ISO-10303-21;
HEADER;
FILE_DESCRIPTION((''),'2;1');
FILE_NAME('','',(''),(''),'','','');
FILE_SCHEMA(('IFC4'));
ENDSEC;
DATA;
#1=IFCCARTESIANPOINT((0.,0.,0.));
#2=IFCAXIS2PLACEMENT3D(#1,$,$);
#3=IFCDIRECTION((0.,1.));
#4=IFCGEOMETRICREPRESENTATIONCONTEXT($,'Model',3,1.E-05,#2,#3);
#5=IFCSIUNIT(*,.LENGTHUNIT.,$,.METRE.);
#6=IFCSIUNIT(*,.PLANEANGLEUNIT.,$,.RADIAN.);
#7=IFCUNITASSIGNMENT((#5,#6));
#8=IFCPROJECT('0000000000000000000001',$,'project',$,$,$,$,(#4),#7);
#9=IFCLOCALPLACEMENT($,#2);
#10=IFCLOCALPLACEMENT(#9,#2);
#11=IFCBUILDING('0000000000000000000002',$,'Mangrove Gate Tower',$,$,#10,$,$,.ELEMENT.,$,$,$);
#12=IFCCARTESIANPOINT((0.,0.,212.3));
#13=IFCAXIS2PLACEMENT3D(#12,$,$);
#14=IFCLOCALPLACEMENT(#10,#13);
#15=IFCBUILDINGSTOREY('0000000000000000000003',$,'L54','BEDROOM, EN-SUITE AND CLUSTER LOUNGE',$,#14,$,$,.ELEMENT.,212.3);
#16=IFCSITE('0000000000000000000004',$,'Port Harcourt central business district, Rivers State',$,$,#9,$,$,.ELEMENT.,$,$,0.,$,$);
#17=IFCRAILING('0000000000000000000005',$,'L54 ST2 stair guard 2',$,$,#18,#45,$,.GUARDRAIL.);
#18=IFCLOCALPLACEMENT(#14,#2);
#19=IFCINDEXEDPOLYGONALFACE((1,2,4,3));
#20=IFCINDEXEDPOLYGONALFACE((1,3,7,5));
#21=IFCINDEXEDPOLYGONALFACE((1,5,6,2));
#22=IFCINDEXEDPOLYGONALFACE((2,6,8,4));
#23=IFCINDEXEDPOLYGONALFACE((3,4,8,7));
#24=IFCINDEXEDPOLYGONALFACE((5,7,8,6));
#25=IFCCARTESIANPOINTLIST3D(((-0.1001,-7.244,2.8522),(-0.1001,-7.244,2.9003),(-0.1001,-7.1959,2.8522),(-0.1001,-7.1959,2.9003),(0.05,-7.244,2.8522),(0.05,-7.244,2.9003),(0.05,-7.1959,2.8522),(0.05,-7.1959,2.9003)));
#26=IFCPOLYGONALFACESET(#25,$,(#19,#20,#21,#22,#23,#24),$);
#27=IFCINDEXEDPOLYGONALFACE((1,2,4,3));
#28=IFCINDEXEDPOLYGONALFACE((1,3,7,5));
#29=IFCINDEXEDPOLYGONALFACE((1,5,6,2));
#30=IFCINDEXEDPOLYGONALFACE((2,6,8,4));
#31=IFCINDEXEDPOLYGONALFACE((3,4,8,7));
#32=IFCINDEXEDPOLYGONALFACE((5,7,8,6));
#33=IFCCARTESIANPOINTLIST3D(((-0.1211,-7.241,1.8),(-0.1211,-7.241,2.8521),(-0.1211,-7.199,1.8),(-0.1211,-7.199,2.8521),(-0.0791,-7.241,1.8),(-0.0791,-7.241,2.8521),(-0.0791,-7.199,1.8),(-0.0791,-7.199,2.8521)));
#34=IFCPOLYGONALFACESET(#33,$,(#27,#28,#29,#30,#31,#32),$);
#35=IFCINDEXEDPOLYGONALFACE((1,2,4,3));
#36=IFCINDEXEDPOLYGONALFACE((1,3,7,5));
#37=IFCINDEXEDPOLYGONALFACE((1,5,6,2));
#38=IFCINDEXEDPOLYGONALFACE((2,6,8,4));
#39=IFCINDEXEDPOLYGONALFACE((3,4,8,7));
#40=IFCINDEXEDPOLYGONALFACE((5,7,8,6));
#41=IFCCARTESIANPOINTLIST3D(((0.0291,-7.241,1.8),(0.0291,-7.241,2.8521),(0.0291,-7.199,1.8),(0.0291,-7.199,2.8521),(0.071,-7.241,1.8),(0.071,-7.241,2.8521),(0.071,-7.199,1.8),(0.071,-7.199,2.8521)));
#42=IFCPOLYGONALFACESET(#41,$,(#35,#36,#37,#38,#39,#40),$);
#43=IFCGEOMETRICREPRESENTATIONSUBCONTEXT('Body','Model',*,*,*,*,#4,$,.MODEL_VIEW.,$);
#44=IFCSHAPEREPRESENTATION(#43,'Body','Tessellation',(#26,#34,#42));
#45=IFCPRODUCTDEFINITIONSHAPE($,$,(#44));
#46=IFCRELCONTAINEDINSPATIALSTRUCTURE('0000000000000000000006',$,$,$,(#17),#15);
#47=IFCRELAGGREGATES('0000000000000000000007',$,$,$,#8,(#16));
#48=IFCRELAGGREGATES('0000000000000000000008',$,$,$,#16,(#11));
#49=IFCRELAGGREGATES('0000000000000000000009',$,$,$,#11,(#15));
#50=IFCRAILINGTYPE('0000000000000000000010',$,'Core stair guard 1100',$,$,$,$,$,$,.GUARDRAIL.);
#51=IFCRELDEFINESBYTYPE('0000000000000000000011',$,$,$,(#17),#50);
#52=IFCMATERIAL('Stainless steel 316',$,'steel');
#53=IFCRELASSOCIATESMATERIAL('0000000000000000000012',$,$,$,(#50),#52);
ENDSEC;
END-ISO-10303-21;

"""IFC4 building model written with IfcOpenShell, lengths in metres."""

from ifc_helpers import new_model, si_unit, direction, frame, origin, origin_2d, place, context, subcontext, project, spatial, rectangle, extrude, material, type_object, element, save


model = new_model("IFC4")

# Units and contexts
model_context = context("Model", 3, precision=1e-05, world=origin(), true_north=direction((0.0, 1.0)))
body_context = subcontext(model_context, "Body", "Model", "MODEL_VIEW")
ifc_project = project(units=[si_unit("LENGTHUNIT", "METRE"), si_unit("PLANEANGLEUNIT", "RADIAN")], contexts=[model_context])

# Site, building, storey
site_placement = place(None, origin())
site = spatial("IfcSite", under=ifc_project, at=site_placement, Name="Port Harcourt central business district, Rivers State", CompositionType="ELEMENT", RefElevation=0.0)
building_placement = place(site_placement, origin())
building = spatial("IfcBuilding", under=site, at=building_placement, Name="Mangrove Gate Tower", CompositionType="ELEMENT")
storey_placement = place(building_placement, frame((0.0, 0.0, 212.3)))
storey = spatial("IfcBuildingStorey", under=building, at=storey_placement, Name="L54", Description="BEDROOM, EN-SUITE AND CLUSTER LOUNGE", CompositionType="ELEMENT", Elevation=212.3)

# Railing
ifc_material_1 = material(Name="Stainless steel 316", Category="steel")
railing_type = type_object("IfcRailingType", Name="Core stair guard 1100", PredefinedType="GUARDRAIL", material=ifc_material_1)
railing_placement = place(storey_placement, frame((-0.1001, -7.22, 1.8)))
element("IfcRailing", 1, at=railing_placement, inside=storey, type_object=railing_type, Name="L54 ST2 stair guard 2", PredefinedType="GUARDRAIL", context=body_context, shape_type="SweptSolid", body=[
    extrude(rectangle(XDim=0.0481, YDim=0.0481, at=origin_2d()), frame((0.0, 0.0, 1.0762), z_axis=(1.0, 0.0, 0.0), x_axis=(0.0, 1.0, 0.0)), (0.0, 0.0, 1.0), 0.1501),
    extrude(rectangle(XDim=0.042, YDim=0.042, at=origin_2d()), origin(), (0.0, 0.0, 1.0), 1.052),
    extrude(rectangle(XDim=0.042, YDim=0.042, at=origin_2d()), frame((0.1501, 0.0, 0.0)), (0.0, 0.0, 1.0), 1.052),
])

save(model, "model.ifc")
